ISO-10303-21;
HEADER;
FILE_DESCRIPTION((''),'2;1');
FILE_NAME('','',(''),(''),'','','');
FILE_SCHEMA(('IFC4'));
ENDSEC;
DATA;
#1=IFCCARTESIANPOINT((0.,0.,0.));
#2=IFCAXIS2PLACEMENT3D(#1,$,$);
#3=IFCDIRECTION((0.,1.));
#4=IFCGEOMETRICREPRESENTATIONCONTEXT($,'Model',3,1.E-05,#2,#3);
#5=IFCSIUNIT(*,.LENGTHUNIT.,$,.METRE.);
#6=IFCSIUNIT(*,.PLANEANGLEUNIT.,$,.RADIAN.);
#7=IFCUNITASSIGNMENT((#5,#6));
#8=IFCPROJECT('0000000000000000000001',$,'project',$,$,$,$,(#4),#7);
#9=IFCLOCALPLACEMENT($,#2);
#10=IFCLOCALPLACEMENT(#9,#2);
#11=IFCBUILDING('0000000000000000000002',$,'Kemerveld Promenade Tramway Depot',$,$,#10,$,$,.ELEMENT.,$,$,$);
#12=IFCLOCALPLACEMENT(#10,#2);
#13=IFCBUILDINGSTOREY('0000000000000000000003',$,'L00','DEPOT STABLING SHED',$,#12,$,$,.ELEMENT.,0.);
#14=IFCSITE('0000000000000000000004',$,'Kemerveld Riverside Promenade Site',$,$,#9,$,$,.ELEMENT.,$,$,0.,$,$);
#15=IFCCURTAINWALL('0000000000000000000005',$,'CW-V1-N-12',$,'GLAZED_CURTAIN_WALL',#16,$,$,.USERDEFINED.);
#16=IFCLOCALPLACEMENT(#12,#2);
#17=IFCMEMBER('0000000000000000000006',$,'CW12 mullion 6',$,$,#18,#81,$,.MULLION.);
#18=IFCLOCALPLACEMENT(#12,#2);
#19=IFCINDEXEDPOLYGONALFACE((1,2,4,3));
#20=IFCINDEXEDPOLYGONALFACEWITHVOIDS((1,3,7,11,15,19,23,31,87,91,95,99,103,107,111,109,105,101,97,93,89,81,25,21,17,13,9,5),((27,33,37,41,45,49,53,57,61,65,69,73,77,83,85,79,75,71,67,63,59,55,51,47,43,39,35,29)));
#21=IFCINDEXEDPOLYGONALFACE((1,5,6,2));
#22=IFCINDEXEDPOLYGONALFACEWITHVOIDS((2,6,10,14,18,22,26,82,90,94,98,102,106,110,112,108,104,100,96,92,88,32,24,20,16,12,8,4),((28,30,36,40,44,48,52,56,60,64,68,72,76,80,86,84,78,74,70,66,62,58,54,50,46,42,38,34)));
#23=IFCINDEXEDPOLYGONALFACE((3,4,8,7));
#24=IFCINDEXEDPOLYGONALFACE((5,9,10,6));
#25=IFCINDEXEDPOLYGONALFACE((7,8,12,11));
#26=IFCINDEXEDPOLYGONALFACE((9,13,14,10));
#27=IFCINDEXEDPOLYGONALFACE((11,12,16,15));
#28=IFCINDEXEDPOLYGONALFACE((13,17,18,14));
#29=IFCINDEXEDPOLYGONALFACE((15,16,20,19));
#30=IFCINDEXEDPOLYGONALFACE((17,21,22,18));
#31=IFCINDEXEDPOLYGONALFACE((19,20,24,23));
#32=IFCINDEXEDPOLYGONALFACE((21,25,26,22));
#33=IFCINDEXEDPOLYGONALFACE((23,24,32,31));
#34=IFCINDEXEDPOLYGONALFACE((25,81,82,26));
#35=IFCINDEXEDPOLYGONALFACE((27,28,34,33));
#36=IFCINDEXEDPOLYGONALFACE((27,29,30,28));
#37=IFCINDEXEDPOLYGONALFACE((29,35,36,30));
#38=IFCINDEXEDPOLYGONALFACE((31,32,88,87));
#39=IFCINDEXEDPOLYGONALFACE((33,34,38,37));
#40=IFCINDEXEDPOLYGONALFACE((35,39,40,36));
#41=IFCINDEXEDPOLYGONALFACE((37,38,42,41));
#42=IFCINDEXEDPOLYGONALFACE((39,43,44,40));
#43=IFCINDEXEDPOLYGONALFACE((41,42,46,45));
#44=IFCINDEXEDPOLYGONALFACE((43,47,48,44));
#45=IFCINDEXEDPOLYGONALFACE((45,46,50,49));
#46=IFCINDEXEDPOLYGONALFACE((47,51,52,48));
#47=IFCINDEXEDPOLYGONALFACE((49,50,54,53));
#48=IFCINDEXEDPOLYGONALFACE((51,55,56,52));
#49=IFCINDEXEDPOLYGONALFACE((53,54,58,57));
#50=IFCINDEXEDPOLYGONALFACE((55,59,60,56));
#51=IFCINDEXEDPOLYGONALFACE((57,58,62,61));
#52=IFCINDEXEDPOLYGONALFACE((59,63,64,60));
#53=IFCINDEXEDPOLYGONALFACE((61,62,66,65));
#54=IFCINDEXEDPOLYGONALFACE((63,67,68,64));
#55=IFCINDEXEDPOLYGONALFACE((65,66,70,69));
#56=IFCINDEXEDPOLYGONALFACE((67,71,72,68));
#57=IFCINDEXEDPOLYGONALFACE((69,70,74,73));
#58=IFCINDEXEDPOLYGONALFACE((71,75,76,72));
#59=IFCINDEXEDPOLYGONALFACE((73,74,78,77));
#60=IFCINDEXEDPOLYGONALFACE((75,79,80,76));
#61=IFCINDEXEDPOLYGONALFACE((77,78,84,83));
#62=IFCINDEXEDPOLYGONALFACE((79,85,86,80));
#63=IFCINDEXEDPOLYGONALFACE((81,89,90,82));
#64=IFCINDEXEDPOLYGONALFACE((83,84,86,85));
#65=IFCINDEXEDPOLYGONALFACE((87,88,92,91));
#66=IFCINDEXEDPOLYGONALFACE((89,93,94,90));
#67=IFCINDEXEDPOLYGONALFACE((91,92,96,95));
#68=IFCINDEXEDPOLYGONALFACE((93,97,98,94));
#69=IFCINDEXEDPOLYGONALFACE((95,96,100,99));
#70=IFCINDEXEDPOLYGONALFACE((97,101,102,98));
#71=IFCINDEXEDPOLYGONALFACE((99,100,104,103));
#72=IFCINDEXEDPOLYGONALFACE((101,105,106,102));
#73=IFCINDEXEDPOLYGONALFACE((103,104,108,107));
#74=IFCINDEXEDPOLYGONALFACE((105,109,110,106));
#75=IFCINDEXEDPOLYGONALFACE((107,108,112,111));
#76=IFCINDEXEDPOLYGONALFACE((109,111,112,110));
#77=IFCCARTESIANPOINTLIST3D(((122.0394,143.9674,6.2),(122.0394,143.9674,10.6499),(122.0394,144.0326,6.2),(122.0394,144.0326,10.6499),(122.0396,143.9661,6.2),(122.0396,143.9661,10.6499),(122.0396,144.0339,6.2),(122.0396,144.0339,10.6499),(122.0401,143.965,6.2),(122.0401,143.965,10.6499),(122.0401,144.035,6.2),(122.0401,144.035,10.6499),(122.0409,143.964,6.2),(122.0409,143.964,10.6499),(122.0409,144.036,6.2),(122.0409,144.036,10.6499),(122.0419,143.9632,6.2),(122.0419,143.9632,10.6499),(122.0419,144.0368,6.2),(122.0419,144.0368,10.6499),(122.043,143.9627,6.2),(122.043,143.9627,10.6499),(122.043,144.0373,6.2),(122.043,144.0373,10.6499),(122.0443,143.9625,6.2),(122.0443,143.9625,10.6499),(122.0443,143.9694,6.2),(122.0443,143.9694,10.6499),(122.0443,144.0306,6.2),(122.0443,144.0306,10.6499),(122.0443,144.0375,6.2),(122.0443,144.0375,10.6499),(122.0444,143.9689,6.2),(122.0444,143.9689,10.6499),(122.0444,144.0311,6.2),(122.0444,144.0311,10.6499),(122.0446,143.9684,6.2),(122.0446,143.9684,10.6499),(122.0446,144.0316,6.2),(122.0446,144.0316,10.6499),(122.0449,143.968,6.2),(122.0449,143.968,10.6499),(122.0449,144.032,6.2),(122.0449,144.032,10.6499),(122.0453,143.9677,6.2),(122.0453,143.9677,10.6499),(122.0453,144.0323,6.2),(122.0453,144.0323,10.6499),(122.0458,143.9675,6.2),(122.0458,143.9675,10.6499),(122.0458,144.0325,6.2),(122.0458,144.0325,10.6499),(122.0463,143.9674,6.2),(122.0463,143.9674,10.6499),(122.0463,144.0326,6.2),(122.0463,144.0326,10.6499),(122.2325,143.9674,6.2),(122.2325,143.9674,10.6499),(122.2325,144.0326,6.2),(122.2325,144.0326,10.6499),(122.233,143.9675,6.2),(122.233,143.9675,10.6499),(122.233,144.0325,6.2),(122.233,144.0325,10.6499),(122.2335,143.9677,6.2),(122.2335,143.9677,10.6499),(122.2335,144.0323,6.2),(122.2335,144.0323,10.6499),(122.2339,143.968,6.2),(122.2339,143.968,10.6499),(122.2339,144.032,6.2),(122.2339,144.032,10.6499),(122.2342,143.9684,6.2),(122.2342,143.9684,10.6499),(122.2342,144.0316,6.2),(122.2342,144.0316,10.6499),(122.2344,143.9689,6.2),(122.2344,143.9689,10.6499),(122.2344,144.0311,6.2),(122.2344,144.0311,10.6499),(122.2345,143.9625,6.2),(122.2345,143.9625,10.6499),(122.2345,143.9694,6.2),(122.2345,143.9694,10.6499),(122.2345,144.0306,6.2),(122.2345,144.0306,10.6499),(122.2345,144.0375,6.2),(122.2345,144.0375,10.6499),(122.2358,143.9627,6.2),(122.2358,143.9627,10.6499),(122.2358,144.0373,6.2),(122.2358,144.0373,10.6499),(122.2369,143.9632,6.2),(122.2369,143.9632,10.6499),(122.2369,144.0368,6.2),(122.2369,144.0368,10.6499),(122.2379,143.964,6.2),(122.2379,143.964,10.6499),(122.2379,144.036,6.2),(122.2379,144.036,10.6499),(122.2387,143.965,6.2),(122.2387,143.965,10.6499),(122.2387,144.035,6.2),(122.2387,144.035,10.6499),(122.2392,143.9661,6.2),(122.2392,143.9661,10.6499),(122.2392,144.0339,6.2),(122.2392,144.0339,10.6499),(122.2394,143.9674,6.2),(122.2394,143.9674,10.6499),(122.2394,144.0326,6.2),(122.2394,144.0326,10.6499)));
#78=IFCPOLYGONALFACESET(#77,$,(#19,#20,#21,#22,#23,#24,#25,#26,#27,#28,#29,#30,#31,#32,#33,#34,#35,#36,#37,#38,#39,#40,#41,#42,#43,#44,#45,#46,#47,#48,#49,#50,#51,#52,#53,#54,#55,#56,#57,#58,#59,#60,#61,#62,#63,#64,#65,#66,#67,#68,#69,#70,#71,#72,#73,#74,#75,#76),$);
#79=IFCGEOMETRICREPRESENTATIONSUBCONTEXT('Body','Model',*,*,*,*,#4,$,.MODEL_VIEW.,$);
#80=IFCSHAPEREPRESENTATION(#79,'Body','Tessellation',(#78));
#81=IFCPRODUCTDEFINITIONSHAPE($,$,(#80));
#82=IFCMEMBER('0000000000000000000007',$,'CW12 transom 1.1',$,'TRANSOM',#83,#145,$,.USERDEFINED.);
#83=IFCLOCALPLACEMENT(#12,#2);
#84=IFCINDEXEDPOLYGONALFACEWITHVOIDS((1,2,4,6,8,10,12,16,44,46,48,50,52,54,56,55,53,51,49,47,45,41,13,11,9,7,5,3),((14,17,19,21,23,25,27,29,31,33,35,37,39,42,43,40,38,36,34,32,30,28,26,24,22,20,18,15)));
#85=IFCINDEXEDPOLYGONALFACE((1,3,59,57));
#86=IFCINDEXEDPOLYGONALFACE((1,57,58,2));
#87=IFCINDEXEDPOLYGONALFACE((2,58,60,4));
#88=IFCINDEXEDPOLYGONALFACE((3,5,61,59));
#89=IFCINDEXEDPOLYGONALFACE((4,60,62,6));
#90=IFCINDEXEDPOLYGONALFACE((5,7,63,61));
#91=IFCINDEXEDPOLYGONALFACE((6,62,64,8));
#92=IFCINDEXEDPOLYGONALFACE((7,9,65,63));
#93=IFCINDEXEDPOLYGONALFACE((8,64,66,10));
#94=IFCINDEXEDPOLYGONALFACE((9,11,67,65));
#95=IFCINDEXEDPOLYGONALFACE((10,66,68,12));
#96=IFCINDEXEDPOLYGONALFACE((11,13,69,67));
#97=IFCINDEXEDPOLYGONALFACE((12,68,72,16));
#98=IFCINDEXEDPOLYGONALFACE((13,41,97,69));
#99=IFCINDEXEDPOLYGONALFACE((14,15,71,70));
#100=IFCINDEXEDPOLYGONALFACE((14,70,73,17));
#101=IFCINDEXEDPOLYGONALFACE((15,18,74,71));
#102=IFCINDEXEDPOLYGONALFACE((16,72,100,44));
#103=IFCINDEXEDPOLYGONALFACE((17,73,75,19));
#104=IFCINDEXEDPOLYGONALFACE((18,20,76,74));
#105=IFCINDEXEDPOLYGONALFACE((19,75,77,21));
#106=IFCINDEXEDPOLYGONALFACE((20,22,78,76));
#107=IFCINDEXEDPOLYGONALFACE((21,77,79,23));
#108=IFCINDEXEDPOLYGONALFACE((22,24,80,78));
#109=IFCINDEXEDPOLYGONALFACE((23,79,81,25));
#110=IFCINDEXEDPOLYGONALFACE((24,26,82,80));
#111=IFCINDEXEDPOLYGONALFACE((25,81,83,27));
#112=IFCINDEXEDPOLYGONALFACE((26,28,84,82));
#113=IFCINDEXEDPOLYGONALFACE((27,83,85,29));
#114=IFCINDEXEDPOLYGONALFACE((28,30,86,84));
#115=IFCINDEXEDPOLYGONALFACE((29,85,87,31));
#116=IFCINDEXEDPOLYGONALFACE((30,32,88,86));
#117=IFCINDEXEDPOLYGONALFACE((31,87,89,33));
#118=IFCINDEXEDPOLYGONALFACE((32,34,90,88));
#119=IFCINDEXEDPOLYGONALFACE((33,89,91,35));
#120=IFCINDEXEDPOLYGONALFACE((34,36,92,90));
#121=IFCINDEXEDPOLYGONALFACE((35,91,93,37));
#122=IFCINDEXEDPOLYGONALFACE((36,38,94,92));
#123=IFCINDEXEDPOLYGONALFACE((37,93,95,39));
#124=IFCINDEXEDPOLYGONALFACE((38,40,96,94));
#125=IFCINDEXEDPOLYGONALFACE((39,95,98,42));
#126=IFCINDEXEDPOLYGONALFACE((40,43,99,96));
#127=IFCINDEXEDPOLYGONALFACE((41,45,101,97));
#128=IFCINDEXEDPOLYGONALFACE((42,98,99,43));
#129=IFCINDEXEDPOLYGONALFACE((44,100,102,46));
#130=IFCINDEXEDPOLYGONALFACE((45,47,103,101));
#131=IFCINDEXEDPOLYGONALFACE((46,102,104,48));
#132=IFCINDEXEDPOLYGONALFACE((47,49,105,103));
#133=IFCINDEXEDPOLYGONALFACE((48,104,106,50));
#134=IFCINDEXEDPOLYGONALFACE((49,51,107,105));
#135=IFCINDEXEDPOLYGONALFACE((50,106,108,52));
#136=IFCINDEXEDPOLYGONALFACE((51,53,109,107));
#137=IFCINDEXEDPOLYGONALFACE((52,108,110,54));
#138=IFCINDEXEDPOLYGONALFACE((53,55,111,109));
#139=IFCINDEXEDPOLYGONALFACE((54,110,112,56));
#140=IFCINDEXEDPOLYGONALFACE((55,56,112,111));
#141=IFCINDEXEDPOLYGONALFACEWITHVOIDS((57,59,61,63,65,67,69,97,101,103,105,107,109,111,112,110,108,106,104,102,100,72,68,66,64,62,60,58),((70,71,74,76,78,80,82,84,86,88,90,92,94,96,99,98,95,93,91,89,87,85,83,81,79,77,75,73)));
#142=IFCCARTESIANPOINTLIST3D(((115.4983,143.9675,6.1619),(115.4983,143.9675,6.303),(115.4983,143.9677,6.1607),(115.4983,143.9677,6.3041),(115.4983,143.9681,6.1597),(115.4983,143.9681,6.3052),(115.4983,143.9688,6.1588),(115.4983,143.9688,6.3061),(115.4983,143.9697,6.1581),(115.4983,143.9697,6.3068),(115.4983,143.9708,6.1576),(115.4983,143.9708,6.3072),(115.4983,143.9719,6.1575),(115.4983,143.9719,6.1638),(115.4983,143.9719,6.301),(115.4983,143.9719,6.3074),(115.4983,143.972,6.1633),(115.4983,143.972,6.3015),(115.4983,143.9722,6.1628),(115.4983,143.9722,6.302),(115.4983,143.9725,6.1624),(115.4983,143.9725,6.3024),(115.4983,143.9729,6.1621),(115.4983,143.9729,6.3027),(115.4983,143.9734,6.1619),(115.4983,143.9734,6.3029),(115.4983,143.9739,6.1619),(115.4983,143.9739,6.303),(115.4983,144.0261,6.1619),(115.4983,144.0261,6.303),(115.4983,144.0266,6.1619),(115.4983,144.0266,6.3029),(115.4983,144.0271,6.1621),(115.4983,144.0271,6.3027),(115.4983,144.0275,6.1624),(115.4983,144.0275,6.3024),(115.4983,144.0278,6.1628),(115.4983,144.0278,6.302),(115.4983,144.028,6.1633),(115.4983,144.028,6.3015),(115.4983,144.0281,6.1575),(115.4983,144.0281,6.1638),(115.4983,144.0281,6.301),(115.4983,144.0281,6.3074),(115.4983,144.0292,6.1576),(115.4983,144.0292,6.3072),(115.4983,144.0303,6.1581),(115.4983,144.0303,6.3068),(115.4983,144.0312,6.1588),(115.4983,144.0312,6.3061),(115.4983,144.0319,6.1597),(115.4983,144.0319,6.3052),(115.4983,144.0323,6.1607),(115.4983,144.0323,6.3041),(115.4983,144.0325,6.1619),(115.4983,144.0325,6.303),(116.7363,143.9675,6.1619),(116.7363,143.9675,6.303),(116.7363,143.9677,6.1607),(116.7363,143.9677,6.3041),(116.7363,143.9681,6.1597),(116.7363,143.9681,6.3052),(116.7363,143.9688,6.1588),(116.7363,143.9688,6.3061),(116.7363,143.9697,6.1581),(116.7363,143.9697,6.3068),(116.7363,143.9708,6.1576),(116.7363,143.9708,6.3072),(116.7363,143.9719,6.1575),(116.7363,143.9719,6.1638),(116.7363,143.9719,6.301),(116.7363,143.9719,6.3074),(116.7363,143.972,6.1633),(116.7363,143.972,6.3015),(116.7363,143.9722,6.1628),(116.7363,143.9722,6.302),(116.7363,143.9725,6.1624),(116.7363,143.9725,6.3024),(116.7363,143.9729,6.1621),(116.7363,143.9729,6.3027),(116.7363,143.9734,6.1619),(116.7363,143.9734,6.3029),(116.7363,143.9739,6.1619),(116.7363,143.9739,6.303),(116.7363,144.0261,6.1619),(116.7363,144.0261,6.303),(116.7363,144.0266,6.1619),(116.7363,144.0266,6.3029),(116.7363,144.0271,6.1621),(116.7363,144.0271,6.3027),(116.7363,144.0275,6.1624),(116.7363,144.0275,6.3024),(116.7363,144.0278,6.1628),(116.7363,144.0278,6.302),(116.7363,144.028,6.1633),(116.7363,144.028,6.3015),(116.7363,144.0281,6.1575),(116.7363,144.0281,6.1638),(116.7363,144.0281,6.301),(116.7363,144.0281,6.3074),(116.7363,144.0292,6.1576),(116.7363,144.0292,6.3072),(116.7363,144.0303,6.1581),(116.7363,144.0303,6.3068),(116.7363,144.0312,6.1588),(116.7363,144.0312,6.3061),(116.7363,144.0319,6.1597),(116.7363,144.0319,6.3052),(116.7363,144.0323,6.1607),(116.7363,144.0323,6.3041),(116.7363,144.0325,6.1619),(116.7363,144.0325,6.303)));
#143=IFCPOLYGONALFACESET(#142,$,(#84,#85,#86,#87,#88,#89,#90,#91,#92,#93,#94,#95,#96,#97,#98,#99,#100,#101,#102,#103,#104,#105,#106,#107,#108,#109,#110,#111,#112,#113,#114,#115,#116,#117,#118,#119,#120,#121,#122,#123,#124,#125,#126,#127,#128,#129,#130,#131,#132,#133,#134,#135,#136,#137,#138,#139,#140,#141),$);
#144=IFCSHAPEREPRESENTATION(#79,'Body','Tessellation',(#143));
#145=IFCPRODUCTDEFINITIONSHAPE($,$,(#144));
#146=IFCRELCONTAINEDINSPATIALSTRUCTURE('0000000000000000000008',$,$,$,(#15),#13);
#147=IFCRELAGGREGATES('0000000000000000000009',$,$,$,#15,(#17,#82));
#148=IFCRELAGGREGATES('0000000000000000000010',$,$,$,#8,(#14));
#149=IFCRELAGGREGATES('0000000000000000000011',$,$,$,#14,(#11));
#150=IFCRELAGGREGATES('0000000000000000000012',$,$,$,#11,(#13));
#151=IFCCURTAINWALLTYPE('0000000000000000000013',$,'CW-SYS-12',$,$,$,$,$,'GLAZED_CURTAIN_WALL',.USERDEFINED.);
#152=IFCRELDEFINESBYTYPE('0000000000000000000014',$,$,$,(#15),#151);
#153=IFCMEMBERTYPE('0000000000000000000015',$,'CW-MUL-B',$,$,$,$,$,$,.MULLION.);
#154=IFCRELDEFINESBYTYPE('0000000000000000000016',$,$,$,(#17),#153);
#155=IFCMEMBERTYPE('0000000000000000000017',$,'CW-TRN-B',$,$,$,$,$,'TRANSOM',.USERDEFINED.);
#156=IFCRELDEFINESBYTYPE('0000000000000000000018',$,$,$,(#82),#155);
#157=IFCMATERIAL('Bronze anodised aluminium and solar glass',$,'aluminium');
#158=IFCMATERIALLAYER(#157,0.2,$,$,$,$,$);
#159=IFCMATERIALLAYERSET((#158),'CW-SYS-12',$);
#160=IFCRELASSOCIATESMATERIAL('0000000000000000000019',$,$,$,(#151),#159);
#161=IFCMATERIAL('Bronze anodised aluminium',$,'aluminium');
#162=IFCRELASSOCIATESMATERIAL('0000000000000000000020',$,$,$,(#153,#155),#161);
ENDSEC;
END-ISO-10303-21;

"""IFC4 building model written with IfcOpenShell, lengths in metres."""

from ifc_helpers import new_model, si_unit, direction, frame, origin, origin_2d, place, context, subcontext, project, spatial, hollow_rectangle, extrude, material, layer, layer_set, material_profile, profile_set, type_object, element, aggregate, save


model = new_model("IFC4")

# Units and contexts
model_context = context("Model", 3, precision=1e-05, world=origin(), true_north=direction((0.0, 1.0)))
body_context = subcontext(model_context, "Body", "Model", "MODEL_VIEW")
ifc_project = project(units=[si_unit("LENGTHUNIT", "METRE"), si_unit("PLANEANGLEUNIT", "RADIAN")], contexts=[model_context])

# Site, building, storey
site_placement = place(None, origin())
site = spatial("IfcSite", under=ifc_project, at=site_placement, Name="Kemerveld Riverside Promenade Site", CompositionType="ELEMENT", RefElevation=0.0)
building_placement = place(site_placement, origin())
building = spatial("IfcBuilding", under=site, at=building_placement, Name="Kemerveld Promenade Tramway Depot", CompositionType="ELEMENT")
storey_placement = place(building_placement, origin())
storey = spatial("IfcBuildingStorey", under=building, at=storey_placement, Name="L00", Description="DEPOT STABLING SHED", CompositionType="ELEMENT", Elevation=0.0)

# Shared definitions
ifc_material_1 = material(Name="Bronze anodised aluminium and solar glass", Category="aluminium")
ifc_material_2 = material(Name="Bronze anodised aluminium", Category="aluminium")

# Curtain wall, members
ifc_layer_1 = layer(ifc_material_1, 0.2)
ifc_layer_set_1 = layer_set([ifc_layer_1], Name="CW-SYS-12")
curtain_wall_type_1 = type_object("IfcCurtainWallType", Name="CW-SYS-12", ElementType="GLAZED_CURTAIN_WALL", PredefinedType="USERDEFINED", material=ifc_layer_set_1)
curtain_wall_1_placement = place(storey_placement, origin())
curtain_wall_1 = element("IfcCurtainWall", 1, at=curtain_wall_1_placement, inside=storey, type_object=curtain_wall_type_1, Name="CW-V1-N-12", ObjectType="GLAZED_CURTAIN_WALL", PredefinedType="USERDEFINED")
ifc_material_profile_1 = material_profile(ifc_material_2, hollow_rectangle(XDim=0.075, YDim=0.2, WallThickness=0.0049, InnerFilletRadius=0.002, OuterFilletRadius=0.0049, at=origin_2d()), Name="CW-MUL-200x75")
ifc_profile_set_1 = profile_set([ifc_material_profile_1], Name="Bronze anodised aluminium")
member_type_1 = type_object("IfcMemberType", Name="CW-MUL-B", PredefinedType="MULLION", material=ifc_profile_set_1)
member_1_placement = place(storey_placement, frame((122.1394, 144.0, 6.2), z_axis=(0.0, 0.0, 1.0), x_axis=(0.0, 1.0, 0.0)))
member_1 = element("IfcMember", 2, at=member_1_placement, type_object=member_type_1, Name="CW12 mullion 6", PredefinedType="MULLION", context=body_context, shape_type="SweptSolid", body=[
    extrude(hollow_rectangle(XDim=0.075, YDim=0.2, WallThickness=0.0049, InnerFilletRadius=0.002, OuterFilletRadius=0.0049, at=origin_2d()), origin(), (0.0, 0.0, 1.0), 4.45),
])
ifc_material_profile_2 = material_profile(ifc_material_2, hollow_rectangle(XDim=0.0649, YDim=0.1499, WallThickness=0.0044, InnerFilletRadius=0.002, OuterFilletRadius=0.0044, at=origin_2d()), Name="CW-TRN-150x65")
ifc_profile_set_2 = profile_set([ifc_material_profile_2], Name="Bronze anodised aluminium")
member_type_2 = type_object("IfcMemberType", Name="CW-TRN-B", ElementType="TRANSOM", PredefinedType="USERDEFINED", material=ifc_profile_set_2)
member_2_placement = place(storey_placement, frame((115.4983, 144.0, 6.2324), z_axis=(1.0, 0.0, 0.0), x_axis=(0.0, 1.0, 0.0)))
member_2 = element("IfcMember", 3, at=member_2_placement, type_object=member_type_2, Name="CW12 transom 1.1", ObjectType="TRANSOM", PredefinedType="USERDEFINED", context=body_context, shape_type="SweptSolid", body=[
    extrude(hollow_rectangle(XDim=0.0649, YDim=0.1499, WallThickness=0.0044, InnerFilletRadius=0.002, OuterFilletRadius=0.0044, at=origin_2d()), origin(), (0.0, 0.0, 1.0), 1.238),
])

aggregate(curtain_wall_1, [member_1, member_2])

save(model, "model.ifc")
